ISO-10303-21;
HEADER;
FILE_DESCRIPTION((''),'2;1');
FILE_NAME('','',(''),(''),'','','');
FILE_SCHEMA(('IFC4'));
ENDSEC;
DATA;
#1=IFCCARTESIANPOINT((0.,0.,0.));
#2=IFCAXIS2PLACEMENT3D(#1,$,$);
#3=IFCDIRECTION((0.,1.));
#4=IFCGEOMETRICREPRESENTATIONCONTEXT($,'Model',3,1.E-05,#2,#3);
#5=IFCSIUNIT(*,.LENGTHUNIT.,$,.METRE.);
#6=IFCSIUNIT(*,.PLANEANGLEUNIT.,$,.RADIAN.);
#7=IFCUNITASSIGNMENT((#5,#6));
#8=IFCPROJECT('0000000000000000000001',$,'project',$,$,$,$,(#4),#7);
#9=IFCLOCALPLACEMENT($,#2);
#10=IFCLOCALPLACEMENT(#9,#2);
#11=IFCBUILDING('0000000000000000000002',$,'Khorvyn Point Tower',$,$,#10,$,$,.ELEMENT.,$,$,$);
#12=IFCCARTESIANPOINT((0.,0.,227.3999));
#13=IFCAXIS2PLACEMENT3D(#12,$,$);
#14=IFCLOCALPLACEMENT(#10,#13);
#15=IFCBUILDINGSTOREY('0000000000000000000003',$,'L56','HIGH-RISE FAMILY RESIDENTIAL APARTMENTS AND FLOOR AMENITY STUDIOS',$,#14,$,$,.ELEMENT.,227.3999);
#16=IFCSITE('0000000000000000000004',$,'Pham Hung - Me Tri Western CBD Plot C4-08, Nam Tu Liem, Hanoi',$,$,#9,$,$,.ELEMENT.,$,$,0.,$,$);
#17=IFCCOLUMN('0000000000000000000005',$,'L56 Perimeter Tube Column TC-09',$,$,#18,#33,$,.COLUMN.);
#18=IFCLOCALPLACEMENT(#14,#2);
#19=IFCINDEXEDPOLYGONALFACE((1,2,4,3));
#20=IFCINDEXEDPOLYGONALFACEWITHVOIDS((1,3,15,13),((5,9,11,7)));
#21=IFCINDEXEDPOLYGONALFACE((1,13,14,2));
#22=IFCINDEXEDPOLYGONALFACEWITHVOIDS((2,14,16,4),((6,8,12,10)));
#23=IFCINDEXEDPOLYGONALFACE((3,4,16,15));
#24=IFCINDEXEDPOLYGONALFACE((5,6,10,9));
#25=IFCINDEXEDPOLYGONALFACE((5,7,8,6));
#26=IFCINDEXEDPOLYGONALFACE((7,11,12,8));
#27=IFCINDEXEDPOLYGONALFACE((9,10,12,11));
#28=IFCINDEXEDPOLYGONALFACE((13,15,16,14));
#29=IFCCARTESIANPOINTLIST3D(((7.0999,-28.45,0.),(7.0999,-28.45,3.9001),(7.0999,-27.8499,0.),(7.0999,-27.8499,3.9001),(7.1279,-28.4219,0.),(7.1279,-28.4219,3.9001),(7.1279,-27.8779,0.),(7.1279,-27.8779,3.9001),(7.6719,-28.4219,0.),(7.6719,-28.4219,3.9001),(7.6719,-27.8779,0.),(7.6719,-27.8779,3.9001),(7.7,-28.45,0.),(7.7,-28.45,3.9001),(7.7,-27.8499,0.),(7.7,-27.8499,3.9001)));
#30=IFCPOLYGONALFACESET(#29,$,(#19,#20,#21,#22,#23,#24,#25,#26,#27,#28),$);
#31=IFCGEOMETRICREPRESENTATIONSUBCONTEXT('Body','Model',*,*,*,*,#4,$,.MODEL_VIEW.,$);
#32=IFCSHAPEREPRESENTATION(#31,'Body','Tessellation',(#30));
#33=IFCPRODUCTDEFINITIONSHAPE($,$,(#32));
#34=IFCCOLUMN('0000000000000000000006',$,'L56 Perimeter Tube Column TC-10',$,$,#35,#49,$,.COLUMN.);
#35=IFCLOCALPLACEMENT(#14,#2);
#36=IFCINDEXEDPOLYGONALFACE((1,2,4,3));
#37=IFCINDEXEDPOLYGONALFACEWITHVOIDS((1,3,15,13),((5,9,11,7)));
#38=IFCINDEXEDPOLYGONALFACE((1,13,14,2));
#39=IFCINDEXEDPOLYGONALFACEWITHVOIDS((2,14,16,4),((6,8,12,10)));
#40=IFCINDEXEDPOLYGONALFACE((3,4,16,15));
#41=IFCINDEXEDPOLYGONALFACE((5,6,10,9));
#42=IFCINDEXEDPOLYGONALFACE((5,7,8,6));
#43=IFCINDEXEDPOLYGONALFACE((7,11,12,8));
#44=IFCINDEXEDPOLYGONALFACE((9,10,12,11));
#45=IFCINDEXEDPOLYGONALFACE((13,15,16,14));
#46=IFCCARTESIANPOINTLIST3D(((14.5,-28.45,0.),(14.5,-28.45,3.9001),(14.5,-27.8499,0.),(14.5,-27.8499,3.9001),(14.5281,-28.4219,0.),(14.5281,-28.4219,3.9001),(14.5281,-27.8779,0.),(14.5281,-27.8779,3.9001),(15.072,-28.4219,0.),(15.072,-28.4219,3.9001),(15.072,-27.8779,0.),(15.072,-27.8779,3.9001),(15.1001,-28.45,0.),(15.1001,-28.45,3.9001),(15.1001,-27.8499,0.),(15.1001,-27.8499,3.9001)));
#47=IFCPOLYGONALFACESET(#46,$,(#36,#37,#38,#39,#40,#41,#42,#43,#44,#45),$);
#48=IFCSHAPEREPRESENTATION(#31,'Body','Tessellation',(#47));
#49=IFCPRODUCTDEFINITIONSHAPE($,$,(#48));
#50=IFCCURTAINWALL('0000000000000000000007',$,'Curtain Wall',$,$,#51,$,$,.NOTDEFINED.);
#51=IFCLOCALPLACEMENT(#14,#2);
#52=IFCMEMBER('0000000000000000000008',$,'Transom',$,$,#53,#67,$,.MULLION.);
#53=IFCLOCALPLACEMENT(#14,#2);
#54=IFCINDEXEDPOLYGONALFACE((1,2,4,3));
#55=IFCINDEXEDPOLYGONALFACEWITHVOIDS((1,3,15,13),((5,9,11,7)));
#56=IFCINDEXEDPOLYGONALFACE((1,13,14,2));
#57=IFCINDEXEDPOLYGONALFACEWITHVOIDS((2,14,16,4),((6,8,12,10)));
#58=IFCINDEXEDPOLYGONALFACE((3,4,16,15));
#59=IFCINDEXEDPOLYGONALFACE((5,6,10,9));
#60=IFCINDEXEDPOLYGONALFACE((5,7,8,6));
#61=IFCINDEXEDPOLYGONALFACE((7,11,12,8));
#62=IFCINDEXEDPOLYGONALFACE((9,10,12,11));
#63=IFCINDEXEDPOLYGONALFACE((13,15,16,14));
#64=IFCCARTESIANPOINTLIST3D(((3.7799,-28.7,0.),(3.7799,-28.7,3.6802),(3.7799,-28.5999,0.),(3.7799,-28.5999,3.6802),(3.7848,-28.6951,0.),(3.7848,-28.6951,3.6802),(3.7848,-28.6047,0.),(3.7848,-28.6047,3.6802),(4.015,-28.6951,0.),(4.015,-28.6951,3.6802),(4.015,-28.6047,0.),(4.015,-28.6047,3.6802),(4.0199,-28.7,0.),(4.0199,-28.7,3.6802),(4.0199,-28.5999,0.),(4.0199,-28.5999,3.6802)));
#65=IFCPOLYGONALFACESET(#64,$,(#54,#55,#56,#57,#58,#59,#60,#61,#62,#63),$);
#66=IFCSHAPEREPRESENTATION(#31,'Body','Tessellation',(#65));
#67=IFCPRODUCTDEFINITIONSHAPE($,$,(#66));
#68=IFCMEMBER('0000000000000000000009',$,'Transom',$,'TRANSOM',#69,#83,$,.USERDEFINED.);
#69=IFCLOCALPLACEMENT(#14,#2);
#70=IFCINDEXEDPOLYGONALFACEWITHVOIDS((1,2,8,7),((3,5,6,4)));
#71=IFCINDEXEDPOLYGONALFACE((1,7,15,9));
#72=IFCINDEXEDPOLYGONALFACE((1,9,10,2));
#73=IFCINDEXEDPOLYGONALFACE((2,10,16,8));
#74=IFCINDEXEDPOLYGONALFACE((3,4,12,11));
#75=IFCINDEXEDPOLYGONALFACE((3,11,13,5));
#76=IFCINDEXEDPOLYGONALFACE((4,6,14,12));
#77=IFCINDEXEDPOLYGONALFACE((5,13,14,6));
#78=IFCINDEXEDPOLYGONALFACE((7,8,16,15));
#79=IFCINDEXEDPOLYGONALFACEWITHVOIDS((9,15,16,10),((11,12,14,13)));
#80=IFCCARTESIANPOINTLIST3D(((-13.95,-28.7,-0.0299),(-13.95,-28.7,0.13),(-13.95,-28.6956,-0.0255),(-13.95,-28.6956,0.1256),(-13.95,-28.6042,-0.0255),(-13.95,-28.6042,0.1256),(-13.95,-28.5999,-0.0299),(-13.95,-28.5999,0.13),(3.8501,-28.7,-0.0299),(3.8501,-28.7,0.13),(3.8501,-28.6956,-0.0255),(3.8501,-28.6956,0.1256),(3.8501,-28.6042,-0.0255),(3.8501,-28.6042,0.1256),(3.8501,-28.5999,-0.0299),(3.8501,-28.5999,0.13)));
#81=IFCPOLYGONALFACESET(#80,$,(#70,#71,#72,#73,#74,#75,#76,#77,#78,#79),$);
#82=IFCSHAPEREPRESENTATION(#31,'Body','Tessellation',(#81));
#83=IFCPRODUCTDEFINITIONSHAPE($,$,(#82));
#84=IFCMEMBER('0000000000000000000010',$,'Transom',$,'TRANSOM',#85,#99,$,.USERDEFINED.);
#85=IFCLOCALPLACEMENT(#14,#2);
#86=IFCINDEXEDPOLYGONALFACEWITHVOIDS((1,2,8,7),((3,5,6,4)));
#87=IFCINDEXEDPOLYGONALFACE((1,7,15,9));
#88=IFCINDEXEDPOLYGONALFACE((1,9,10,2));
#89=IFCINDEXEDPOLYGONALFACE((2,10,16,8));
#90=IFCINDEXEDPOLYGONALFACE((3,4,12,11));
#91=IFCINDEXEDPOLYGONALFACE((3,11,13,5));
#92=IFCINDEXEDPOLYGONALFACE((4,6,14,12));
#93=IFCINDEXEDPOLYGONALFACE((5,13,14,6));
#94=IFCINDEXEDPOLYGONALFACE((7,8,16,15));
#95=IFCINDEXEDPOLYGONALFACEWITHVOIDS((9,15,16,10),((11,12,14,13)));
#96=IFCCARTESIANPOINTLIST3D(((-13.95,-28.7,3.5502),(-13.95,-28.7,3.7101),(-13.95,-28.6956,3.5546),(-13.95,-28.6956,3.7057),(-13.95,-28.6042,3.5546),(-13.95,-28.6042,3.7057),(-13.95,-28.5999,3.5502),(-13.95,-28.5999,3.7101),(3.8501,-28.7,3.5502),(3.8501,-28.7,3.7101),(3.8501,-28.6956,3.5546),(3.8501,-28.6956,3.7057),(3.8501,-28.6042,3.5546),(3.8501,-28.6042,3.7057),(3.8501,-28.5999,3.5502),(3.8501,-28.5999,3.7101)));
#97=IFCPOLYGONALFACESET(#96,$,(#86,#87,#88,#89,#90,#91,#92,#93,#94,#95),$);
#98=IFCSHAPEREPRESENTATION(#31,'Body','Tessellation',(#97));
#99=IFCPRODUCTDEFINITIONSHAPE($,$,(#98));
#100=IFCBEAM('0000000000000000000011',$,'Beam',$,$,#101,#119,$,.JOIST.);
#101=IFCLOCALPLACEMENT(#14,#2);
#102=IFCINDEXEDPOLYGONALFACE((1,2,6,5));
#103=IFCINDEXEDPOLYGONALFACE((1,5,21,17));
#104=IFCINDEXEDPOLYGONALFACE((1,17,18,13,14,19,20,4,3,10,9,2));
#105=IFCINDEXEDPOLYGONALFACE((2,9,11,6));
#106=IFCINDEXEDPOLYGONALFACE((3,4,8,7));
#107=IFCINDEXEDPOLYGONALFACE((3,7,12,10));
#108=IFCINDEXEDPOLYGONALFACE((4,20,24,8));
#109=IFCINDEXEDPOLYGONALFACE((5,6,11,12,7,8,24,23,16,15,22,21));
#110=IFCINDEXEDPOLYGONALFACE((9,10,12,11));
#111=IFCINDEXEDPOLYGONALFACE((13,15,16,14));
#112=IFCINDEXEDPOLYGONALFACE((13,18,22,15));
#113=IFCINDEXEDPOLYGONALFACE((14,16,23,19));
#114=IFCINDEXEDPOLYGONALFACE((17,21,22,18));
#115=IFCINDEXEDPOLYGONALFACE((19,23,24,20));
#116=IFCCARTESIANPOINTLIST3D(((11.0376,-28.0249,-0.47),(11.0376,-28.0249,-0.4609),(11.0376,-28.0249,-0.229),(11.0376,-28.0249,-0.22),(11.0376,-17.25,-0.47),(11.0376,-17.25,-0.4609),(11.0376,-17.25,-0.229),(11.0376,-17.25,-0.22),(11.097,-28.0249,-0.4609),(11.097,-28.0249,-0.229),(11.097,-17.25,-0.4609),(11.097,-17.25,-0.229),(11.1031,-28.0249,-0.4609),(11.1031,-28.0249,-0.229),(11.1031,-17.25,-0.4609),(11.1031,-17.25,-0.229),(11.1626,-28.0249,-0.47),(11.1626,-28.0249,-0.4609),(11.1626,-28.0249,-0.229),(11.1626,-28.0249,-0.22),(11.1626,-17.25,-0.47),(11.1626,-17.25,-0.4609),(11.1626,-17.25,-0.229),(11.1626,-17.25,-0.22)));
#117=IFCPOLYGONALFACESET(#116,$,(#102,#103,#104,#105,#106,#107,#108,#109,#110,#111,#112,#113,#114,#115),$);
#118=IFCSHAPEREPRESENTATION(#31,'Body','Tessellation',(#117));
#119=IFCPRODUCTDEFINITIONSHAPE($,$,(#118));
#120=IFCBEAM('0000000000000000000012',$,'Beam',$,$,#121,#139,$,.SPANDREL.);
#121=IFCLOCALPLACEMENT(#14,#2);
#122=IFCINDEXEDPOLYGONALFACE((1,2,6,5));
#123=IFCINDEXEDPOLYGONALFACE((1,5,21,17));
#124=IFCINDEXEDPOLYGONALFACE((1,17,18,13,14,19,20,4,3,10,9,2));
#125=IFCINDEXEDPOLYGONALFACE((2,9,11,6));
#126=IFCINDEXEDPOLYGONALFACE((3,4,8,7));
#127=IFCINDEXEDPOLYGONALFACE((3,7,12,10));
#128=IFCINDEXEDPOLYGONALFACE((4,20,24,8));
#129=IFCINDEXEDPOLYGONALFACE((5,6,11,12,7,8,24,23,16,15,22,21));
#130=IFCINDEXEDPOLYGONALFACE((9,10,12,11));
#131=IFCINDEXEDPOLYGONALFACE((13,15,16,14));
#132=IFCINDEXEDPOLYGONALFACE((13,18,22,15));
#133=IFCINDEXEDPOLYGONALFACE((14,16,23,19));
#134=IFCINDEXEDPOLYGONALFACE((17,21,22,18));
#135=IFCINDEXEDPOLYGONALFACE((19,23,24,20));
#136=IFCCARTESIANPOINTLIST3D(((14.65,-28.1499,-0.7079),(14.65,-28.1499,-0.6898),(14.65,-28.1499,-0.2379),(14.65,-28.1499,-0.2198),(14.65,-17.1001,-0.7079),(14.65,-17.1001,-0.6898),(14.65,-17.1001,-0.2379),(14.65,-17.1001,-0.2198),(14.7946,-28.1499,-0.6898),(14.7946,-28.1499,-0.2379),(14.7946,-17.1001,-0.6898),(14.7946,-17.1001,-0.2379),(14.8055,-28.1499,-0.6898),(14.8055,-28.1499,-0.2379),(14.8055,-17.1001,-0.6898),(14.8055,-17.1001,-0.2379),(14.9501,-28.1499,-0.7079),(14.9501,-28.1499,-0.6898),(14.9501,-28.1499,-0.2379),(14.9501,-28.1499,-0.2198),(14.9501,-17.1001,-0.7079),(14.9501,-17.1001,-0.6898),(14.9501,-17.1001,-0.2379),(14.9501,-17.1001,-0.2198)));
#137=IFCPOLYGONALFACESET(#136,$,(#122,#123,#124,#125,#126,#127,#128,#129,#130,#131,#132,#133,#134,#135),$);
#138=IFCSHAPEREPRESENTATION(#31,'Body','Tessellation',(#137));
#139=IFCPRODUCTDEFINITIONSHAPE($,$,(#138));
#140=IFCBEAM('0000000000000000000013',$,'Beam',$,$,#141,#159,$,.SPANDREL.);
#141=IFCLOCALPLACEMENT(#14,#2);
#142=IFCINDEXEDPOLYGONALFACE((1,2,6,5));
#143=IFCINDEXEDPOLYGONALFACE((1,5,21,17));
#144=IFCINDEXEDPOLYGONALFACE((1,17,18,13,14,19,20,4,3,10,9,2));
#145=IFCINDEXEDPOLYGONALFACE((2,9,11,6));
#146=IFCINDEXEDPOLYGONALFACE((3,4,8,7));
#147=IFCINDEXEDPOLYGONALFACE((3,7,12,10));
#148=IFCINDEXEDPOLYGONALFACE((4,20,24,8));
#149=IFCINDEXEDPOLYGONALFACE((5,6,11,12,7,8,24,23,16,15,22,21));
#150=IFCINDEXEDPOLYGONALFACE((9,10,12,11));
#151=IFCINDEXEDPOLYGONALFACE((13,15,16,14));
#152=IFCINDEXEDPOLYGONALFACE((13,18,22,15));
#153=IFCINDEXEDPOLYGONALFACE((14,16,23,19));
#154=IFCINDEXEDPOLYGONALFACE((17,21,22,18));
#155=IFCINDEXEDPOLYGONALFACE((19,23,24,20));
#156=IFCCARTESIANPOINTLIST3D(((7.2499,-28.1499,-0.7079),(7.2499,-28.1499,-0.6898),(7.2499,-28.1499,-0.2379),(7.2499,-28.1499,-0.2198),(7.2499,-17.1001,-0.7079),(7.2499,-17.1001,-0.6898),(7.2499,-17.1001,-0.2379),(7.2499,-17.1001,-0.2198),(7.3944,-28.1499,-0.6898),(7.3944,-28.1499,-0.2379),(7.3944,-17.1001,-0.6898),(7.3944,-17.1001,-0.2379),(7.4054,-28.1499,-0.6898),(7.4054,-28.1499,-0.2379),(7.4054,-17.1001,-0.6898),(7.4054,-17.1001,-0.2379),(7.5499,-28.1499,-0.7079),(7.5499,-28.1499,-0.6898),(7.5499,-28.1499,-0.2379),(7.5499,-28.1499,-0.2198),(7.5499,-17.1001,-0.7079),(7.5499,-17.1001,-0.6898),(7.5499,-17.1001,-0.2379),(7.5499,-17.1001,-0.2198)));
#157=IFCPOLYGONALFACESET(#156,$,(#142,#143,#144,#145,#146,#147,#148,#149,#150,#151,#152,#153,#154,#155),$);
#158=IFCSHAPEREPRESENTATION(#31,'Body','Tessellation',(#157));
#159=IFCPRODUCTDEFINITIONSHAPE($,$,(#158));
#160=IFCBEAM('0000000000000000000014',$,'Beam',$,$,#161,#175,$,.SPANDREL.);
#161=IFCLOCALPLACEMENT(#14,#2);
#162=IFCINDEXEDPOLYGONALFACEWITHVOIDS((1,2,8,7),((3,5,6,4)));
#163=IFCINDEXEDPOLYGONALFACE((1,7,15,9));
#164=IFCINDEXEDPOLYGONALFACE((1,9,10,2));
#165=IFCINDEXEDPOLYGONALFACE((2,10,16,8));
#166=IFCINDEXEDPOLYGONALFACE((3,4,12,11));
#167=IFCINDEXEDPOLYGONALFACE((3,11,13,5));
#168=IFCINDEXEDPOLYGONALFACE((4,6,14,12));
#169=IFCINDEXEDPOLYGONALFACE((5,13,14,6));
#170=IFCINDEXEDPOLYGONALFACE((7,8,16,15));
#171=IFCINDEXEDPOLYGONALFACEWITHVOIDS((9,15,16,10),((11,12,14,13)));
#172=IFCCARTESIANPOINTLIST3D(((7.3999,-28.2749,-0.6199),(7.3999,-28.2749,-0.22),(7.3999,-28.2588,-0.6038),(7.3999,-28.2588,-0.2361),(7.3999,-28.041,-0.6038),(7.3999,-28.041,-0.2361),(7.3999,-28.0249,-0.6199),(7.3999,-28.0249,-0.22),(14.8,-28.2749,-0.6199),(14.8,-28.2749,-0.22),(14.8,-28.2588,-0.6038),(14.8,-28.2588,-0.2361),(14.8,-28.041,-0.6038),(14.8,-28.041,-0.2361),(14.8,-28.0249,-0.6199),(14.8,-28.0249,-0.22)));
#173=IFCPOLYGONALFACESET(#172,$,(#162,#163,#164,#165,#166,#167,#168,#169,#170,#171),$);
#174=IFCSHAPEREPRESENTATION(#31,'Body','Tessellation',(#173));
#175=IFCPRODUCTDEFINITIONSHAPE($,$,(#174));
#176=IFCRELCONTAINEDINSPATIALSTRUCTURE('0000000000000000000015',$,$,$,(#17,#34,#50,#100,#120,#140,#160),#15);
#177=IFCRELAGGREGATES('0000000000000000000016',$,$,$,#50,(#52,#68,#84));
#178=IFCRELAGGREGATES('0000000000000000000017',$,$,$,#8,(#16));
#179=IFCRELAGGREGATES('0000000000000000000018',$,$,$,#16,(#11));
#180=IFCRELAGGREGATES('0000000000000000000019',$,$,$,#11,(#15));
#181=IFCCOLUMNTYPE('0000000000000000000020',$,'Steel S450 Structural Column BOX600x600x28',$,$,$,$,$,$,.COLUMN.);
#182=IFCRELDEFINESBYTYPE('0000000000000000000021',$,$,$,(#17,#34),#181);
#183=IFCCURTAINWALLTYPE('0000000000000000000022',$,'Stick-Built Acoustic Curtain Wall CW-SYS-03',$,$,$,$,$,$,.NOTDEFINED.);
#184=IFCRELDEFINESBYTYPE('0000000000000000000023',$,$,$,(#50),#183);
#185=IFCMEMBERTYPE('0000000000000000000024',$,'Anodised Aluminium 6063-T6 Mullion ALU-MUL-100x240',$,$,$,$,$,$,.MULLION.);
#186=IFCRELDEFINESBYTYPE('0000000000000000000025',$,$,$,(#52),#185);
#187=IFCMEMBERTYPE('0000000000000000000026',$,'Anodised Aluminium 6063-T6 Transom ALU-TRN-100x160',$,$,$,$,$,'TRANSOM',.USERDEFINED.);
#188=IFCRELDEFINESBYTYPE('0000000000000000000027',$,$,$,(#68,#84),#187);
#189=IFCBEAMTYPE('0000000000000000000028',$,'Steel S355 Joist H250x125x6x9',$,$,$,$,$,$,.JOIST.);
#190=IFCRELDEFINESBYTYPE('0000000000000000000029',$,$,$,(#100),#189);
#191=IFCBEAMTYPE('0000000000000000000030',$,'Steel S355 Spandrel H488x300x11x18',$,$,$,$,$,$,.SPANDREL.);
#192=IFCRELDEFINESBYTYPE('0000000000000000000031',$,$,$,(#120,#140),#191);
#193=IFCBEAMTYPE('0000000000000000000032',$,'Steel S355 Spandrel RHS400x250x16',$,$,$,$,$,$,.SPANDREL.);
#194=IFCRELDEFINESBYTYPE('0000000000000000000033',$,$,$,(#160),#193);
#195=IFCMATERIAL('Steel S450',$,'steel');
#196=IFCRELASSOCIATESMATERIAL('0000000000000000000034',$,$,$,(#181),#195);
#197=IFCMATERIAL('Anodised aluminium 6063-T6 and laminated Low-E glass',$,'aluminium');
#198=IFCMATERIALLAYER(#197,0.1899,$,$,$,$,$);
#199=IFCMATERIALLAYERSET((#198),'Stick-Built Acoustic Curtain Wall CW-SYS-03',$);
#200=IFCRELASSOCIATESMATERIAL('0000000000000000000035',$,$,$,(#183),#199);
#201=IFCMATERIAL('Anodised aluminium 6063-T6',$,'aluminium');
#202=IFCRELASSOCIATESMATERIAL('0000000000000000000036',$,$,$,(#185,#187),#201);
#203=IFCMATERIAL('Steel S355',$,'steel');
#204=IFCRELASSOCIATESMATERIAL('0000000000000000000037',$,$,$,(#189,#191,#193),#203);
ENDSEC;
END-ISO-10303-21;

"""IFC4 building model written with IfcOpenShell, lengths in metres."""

from ifc_helpers import new_model, si_unit, direction, frame, origin, origin_2d, place, context, subcontext, project, spatial, hollow_rectangle, i_section, extrude, material, layer, layer_set, material_profile, profile_set, type_object, element, aggregate, save


model = new_model("IFC4")

# Units and contexts
model_context = context("Model", 3, precision=1e-05, world=origin(), true_north=direction((0.0, 1.0)))
body_context = subcontext(model_context, "Body", "Model", "MODEL_VIEW")
ifc_project = project(units=[si_unit("LENGTHUNIT", "METRE"), si_unit("PLANEANGLEUNIT", "RADIAN")], contexts=[model_context])

# Site, building, storey
site_placement = place(None, origin())
site = spatial("IfcSite", under=ifc_project, at=site_placement, Name="Pham Hung - Me Tri Western CBD Plot C4-08, Nam Tu Liem, Hanoi", CompositionType="ELEMENT", RefElevation=0.0)
building_placement = place(site_placement, origin())
building = spatial("IfcBuilding", under=site, at=building_placement, Name="Khorvyn Point Tower", CompositionType="ELEMENT")
storey_placement = place(building_placement, frame((0.0, 0.0, 227.3999)))
storey = spatial("IfcBuildingStorey", under=building, at=storey_placement, Name="L56", Description="HIGH-RISE FAMILY RESIDENTIAL APARTMENTS AND FLOOR AMENITY STUDIOS", CompositionType="ELEMENT", Elevation=227.3999)

# Columns
ifc_material_1 = material(Name="Steel S450", Category="steel")
ifc_material_profile_1 = material_profile(ifc_material_1, hollow_rectangle(XDim=0.6001, YDim=0.6001, WallThickness=0.0281, at=origin_2d()))
ifc_profile_set_1 = profile_set([ifc_material_profile_1], Name="Steel S450 BOX600x600x28")
column_type = type_object("IfcColumnType", Name="Steel S450 Structural Column BOX600x600x28", PredefinedType="COLUMN", material=ifc_profile_set_1)
for number, where, z_axis, x_axis, name in (
    (1, (7.3999, -28.1499, 0.0), (0.0, 0.0, 1.0), (1.0, 0.0, 0.0), "L56 Perimeter Tube Column TC-09"),
    (2, (14.8, -28.1499, 0.0), (0.0, 0.0, 1.0), (1.0, 0.0, 0.0), "L56 Perimeter Tube Column TC-10"),
):
    element("IfcColumn", number, at=place(storey_placement, frame(where, z_axis=z_axis, x_axis=x_axis)), inside=storey, type_object=column_type, Name=name, PredefinedType="COLUMN", context=body_context, shape_type="SweptSolid", body=[
        extrude(hollow_rectangle(XDim=0.6001, YDim=0.6001, WallThickness=0.0281, at=origin_2d()), origin(), (0.0, 0.0, 1.0), 3.9001),
    ])

# Curtain wall, members
ifc_material_2 = material(Name="Anodised aluminium 6063-T6 and laminated Low-E glass", Category="aluminium")
ifc_layer_1 = layer(ifc_material_2, 0.1899)
ifc_layer_set_1 = layer_set([ifc_layer_1], Name="Stick-Built Acoustic Curtain Wall CW-SYS-03")
curtain_wall_type = type_object("IfcCurtainWallType", Name="Stick-Built Acoustic Curtain Wall CW-SYS-03", PredefinedType="NOTDEFINED", material=ifc_layer_set_1)
curtain_wall_placement = place(storey_placement, origin())
curtain_wall = element("IfcCurtainWall", 3, at=curtain_wall_placement, inside=storey, type_object=curtain_wall_type, Name="Curtain Wall", PredefinedType="NOTDEFINED")
ifc_material_3 = material(Name="Anodised aluminium 6063-T6", Category="aluminium")
ifc_material_profile_2 = material_profile(ifc_material_3, hollow_rectangle(XDim=0.1001, YDim=0.24, WallThickness=0.0049, at=origin_2d()))
ifc_profile_set_2 = profile_set([ifc_material_profile_2], Name="Anodised aluminium 6063-T6 ALU-MUL-100x240")
member_type_1 = type_object("IfcMemberType", Name="Anodised Aluminium 6063-T6 Mullion ALU-MUL-100x240", PredefinedType="MULLION", material=ifc_profile_set_2)
member_1_placement = place(storey_placement, frame((3.8999, -28.6499, 0.0), z_axis=(0.0, 0.0, 1.0), x_axis=(0.0, -1.0, 0.0)))
member_1 = element("IfcMember", 4, at=member_1_placement, type_object=member_type_1, Name="Transom", PredefinedType="MULLION", context=body_context, shape_type="SweptSolid", body=[
    extrude(hollow_rectangle(XDim=0.1001, YDim=0.24, WallThickness=0.0049, at=origin_2d()), origin(), (0.0, 0.0, 1.0), 3.6802),
])
ifc_material_profile_3 = material_profile(ifc_material_3, hollow_rectangle(XDim=0.1001, YDim=0.1599, WallThickness=0.0044, at=origin_2d()))
ifc_profile_set_3 = profile_set([ifc_material_profile_3], Name="Anodised aluminium 6063-T6 ALU-TRN-100x160")
member_type_2 = type_object("IfcMemberType", Name="Anodised Aluminium 6063-T6 Transom ALU-TRN-100x160", ElementType="TRANSOM", PredefinedType="USERDEFINED", material=ifc_profile_set_3)
member_2_placement = place(storey_placement, frame((3.8501, -28.6499, 0.05), z_axis=(-1.0, 0.0, 0.0), x_axis=(0.0, -1.0, 0.0)))
member_2 = element("IfcMember", 5, at=member_2_placement, type_object=member_type_2, Name="Transom", ObjectType="TRANSOM", PredefinedType="USERDEFINED", context=body_context, shape_type="SweptSolid", body=[
    extrude(hollow_rectangle(XDim=0.1001, YDim=0.1599, WallThickness=0.0044, at=origin_2d()), origin(), (0.0, 0.0, 1.0), 17.8),
])
member_3_placement = place(storey_placement, frame((3.8501, -28.6499, 3.6301), z_axis=(-1.0, 0.0, 0.0), x_axis=(0.0, -1.0, 0.0)))
member_3 = element("IfcMember", 6, at=member_3_placement, type_object=member_type_2, Name="Transom", ObjectType="TRANSOM", PredefinedType="USERDEFINED", context=body_context, shape_type="SweptSolid", body=[
    extrude(hollow_rectangle(XDim=0.1001, YDim=0.1599, WallThickness=0.0044, at=origin_2d()), origin(), (0.0, 0.0, 1.0), 17.8),
])

# Beams
ifc_material_4 = material(Name="Steel S355", Category="steel")
ifc_material_profile_4 = material_profile(ifc_material_4, i_section(OverallWidth=0.125, OverallDepth=0.25, WebThickness=0.0061, FlangeThickness=0.009, at=origin_2d()))
ifc_profile_set_4 = profile_set([ifc_material_profile_4], Name="Steel S355 H250x125x6x9")
beam_type_1 = type_object("IfcBeamType", Name="Steel S355 Joist H250x125x6x9", PredefinedType="JOIST", material=ifc_profile_set_4)
beam_1_placement = place(storey_placement, frame((11.1001, -28.0249, -0.345), z_axis=(0.0, 1.0, 0.0), x_axis=(-1.0, 0.0, 0.0)))
element("IfcBeam", 7, at=beam_1_placement, inside=storey, type_object=beam_type_1, Name="Beam", PredefinedType="JOIST", context=body_context, shape_type="SweptSolid", body=[
    extrude(i_section(OverallWidth=0.125, OverallDepth=0.25, WebThickness=0.0061, FlangeThickness=0.009, at=origin_2d()), origin(), (0.0, 0.0, 1.0), 10.7749),
])
ifc_material_profile_5 = material_profile(ifc_material_4, i_section(OverallWidth=0.3, OverallDepth=0.488, WebThickness=0.011, FlangeThickness=0.0181, at=origin_2d()))
ifc_profile_set_5 = profile_set([ifc_material_profile_5], Name="Steel S355 H488x300x11x18")
beam_type_2 = type_object("IfcBeamType", Name="Steel S355 Spandrel H488x300x11x18", PredefinedType="SPANDREL", material=ifc_profile_set_5)
for number, where, z_axis, x_axis, name in (
    (8, (14.8, -28.1499, -0.4639), (0.0, 1.0, 0.0), (-1.0, 0.0, 0.0), "Beam"),
    (9, (7.3999, -28.1499, -0.4639), (0.0, 1.0, 0.0), (-1.0, 0.0, 0.0), "Beam"),
):
    element("IfcBeam", number, at=place(storey_placement, frame(where, z_axis=z_axis, x_axis=x_axis)), inside=storey, type_object=beam_type_2, Name=name, PredefinedType="SPANDREL", context=body_context, shape_type="SweptSolid", body=[
        extrude(i_section(OverallWidth=0.3, OverallDepth=0.488, WebThickness=0.011, FlangeThickness=0.0181, at=origin_2d()), origin(), (0.0, 0.0, 1.0), 11.0498),
    ])
ifc_material_profile_6 = material_profile(ifc_material_4, hollow_rectangle(XDim=0.25, YDim=0.3999, WallThickness=0.0161, at=origin_2d()))
ifc_profile_set_6 = profile_set([ifc_material_profile_6], Name="Steel S355 RHS400x250x16")
beam_type_3 = type_object("IfcBeamType", Name="Steel S355 Spandrel RHS400x250x16", PredefinedType="SPANDREL", material=ifc_profile_set_6)
beam_2_placement = place(storey_placement, frame((7.3999, -28.1499, -0.4199), z_axis=(1.0, 0.0, 0.0), x_axis=(0.0, 1.0, 0.0)))
element("IfcBeam", 10, at=beam_2_placement, inside=storey, type_object=beam_type_3, Name="Beam", PredefinedType="SPANDREL", context=body_context, shape_type="SweptSolid", body=[
    extrude(hollow_rectangle(XDim=0.25, YDim=0.3999, WallThickness=0.0161, at=origin_2d()), origin(), (0.0, 0.0, 1.0), 7.4001),
])

aggregate(curtain_wall, [member_1, member_2, member_3])

save(model, "model.ifc")
